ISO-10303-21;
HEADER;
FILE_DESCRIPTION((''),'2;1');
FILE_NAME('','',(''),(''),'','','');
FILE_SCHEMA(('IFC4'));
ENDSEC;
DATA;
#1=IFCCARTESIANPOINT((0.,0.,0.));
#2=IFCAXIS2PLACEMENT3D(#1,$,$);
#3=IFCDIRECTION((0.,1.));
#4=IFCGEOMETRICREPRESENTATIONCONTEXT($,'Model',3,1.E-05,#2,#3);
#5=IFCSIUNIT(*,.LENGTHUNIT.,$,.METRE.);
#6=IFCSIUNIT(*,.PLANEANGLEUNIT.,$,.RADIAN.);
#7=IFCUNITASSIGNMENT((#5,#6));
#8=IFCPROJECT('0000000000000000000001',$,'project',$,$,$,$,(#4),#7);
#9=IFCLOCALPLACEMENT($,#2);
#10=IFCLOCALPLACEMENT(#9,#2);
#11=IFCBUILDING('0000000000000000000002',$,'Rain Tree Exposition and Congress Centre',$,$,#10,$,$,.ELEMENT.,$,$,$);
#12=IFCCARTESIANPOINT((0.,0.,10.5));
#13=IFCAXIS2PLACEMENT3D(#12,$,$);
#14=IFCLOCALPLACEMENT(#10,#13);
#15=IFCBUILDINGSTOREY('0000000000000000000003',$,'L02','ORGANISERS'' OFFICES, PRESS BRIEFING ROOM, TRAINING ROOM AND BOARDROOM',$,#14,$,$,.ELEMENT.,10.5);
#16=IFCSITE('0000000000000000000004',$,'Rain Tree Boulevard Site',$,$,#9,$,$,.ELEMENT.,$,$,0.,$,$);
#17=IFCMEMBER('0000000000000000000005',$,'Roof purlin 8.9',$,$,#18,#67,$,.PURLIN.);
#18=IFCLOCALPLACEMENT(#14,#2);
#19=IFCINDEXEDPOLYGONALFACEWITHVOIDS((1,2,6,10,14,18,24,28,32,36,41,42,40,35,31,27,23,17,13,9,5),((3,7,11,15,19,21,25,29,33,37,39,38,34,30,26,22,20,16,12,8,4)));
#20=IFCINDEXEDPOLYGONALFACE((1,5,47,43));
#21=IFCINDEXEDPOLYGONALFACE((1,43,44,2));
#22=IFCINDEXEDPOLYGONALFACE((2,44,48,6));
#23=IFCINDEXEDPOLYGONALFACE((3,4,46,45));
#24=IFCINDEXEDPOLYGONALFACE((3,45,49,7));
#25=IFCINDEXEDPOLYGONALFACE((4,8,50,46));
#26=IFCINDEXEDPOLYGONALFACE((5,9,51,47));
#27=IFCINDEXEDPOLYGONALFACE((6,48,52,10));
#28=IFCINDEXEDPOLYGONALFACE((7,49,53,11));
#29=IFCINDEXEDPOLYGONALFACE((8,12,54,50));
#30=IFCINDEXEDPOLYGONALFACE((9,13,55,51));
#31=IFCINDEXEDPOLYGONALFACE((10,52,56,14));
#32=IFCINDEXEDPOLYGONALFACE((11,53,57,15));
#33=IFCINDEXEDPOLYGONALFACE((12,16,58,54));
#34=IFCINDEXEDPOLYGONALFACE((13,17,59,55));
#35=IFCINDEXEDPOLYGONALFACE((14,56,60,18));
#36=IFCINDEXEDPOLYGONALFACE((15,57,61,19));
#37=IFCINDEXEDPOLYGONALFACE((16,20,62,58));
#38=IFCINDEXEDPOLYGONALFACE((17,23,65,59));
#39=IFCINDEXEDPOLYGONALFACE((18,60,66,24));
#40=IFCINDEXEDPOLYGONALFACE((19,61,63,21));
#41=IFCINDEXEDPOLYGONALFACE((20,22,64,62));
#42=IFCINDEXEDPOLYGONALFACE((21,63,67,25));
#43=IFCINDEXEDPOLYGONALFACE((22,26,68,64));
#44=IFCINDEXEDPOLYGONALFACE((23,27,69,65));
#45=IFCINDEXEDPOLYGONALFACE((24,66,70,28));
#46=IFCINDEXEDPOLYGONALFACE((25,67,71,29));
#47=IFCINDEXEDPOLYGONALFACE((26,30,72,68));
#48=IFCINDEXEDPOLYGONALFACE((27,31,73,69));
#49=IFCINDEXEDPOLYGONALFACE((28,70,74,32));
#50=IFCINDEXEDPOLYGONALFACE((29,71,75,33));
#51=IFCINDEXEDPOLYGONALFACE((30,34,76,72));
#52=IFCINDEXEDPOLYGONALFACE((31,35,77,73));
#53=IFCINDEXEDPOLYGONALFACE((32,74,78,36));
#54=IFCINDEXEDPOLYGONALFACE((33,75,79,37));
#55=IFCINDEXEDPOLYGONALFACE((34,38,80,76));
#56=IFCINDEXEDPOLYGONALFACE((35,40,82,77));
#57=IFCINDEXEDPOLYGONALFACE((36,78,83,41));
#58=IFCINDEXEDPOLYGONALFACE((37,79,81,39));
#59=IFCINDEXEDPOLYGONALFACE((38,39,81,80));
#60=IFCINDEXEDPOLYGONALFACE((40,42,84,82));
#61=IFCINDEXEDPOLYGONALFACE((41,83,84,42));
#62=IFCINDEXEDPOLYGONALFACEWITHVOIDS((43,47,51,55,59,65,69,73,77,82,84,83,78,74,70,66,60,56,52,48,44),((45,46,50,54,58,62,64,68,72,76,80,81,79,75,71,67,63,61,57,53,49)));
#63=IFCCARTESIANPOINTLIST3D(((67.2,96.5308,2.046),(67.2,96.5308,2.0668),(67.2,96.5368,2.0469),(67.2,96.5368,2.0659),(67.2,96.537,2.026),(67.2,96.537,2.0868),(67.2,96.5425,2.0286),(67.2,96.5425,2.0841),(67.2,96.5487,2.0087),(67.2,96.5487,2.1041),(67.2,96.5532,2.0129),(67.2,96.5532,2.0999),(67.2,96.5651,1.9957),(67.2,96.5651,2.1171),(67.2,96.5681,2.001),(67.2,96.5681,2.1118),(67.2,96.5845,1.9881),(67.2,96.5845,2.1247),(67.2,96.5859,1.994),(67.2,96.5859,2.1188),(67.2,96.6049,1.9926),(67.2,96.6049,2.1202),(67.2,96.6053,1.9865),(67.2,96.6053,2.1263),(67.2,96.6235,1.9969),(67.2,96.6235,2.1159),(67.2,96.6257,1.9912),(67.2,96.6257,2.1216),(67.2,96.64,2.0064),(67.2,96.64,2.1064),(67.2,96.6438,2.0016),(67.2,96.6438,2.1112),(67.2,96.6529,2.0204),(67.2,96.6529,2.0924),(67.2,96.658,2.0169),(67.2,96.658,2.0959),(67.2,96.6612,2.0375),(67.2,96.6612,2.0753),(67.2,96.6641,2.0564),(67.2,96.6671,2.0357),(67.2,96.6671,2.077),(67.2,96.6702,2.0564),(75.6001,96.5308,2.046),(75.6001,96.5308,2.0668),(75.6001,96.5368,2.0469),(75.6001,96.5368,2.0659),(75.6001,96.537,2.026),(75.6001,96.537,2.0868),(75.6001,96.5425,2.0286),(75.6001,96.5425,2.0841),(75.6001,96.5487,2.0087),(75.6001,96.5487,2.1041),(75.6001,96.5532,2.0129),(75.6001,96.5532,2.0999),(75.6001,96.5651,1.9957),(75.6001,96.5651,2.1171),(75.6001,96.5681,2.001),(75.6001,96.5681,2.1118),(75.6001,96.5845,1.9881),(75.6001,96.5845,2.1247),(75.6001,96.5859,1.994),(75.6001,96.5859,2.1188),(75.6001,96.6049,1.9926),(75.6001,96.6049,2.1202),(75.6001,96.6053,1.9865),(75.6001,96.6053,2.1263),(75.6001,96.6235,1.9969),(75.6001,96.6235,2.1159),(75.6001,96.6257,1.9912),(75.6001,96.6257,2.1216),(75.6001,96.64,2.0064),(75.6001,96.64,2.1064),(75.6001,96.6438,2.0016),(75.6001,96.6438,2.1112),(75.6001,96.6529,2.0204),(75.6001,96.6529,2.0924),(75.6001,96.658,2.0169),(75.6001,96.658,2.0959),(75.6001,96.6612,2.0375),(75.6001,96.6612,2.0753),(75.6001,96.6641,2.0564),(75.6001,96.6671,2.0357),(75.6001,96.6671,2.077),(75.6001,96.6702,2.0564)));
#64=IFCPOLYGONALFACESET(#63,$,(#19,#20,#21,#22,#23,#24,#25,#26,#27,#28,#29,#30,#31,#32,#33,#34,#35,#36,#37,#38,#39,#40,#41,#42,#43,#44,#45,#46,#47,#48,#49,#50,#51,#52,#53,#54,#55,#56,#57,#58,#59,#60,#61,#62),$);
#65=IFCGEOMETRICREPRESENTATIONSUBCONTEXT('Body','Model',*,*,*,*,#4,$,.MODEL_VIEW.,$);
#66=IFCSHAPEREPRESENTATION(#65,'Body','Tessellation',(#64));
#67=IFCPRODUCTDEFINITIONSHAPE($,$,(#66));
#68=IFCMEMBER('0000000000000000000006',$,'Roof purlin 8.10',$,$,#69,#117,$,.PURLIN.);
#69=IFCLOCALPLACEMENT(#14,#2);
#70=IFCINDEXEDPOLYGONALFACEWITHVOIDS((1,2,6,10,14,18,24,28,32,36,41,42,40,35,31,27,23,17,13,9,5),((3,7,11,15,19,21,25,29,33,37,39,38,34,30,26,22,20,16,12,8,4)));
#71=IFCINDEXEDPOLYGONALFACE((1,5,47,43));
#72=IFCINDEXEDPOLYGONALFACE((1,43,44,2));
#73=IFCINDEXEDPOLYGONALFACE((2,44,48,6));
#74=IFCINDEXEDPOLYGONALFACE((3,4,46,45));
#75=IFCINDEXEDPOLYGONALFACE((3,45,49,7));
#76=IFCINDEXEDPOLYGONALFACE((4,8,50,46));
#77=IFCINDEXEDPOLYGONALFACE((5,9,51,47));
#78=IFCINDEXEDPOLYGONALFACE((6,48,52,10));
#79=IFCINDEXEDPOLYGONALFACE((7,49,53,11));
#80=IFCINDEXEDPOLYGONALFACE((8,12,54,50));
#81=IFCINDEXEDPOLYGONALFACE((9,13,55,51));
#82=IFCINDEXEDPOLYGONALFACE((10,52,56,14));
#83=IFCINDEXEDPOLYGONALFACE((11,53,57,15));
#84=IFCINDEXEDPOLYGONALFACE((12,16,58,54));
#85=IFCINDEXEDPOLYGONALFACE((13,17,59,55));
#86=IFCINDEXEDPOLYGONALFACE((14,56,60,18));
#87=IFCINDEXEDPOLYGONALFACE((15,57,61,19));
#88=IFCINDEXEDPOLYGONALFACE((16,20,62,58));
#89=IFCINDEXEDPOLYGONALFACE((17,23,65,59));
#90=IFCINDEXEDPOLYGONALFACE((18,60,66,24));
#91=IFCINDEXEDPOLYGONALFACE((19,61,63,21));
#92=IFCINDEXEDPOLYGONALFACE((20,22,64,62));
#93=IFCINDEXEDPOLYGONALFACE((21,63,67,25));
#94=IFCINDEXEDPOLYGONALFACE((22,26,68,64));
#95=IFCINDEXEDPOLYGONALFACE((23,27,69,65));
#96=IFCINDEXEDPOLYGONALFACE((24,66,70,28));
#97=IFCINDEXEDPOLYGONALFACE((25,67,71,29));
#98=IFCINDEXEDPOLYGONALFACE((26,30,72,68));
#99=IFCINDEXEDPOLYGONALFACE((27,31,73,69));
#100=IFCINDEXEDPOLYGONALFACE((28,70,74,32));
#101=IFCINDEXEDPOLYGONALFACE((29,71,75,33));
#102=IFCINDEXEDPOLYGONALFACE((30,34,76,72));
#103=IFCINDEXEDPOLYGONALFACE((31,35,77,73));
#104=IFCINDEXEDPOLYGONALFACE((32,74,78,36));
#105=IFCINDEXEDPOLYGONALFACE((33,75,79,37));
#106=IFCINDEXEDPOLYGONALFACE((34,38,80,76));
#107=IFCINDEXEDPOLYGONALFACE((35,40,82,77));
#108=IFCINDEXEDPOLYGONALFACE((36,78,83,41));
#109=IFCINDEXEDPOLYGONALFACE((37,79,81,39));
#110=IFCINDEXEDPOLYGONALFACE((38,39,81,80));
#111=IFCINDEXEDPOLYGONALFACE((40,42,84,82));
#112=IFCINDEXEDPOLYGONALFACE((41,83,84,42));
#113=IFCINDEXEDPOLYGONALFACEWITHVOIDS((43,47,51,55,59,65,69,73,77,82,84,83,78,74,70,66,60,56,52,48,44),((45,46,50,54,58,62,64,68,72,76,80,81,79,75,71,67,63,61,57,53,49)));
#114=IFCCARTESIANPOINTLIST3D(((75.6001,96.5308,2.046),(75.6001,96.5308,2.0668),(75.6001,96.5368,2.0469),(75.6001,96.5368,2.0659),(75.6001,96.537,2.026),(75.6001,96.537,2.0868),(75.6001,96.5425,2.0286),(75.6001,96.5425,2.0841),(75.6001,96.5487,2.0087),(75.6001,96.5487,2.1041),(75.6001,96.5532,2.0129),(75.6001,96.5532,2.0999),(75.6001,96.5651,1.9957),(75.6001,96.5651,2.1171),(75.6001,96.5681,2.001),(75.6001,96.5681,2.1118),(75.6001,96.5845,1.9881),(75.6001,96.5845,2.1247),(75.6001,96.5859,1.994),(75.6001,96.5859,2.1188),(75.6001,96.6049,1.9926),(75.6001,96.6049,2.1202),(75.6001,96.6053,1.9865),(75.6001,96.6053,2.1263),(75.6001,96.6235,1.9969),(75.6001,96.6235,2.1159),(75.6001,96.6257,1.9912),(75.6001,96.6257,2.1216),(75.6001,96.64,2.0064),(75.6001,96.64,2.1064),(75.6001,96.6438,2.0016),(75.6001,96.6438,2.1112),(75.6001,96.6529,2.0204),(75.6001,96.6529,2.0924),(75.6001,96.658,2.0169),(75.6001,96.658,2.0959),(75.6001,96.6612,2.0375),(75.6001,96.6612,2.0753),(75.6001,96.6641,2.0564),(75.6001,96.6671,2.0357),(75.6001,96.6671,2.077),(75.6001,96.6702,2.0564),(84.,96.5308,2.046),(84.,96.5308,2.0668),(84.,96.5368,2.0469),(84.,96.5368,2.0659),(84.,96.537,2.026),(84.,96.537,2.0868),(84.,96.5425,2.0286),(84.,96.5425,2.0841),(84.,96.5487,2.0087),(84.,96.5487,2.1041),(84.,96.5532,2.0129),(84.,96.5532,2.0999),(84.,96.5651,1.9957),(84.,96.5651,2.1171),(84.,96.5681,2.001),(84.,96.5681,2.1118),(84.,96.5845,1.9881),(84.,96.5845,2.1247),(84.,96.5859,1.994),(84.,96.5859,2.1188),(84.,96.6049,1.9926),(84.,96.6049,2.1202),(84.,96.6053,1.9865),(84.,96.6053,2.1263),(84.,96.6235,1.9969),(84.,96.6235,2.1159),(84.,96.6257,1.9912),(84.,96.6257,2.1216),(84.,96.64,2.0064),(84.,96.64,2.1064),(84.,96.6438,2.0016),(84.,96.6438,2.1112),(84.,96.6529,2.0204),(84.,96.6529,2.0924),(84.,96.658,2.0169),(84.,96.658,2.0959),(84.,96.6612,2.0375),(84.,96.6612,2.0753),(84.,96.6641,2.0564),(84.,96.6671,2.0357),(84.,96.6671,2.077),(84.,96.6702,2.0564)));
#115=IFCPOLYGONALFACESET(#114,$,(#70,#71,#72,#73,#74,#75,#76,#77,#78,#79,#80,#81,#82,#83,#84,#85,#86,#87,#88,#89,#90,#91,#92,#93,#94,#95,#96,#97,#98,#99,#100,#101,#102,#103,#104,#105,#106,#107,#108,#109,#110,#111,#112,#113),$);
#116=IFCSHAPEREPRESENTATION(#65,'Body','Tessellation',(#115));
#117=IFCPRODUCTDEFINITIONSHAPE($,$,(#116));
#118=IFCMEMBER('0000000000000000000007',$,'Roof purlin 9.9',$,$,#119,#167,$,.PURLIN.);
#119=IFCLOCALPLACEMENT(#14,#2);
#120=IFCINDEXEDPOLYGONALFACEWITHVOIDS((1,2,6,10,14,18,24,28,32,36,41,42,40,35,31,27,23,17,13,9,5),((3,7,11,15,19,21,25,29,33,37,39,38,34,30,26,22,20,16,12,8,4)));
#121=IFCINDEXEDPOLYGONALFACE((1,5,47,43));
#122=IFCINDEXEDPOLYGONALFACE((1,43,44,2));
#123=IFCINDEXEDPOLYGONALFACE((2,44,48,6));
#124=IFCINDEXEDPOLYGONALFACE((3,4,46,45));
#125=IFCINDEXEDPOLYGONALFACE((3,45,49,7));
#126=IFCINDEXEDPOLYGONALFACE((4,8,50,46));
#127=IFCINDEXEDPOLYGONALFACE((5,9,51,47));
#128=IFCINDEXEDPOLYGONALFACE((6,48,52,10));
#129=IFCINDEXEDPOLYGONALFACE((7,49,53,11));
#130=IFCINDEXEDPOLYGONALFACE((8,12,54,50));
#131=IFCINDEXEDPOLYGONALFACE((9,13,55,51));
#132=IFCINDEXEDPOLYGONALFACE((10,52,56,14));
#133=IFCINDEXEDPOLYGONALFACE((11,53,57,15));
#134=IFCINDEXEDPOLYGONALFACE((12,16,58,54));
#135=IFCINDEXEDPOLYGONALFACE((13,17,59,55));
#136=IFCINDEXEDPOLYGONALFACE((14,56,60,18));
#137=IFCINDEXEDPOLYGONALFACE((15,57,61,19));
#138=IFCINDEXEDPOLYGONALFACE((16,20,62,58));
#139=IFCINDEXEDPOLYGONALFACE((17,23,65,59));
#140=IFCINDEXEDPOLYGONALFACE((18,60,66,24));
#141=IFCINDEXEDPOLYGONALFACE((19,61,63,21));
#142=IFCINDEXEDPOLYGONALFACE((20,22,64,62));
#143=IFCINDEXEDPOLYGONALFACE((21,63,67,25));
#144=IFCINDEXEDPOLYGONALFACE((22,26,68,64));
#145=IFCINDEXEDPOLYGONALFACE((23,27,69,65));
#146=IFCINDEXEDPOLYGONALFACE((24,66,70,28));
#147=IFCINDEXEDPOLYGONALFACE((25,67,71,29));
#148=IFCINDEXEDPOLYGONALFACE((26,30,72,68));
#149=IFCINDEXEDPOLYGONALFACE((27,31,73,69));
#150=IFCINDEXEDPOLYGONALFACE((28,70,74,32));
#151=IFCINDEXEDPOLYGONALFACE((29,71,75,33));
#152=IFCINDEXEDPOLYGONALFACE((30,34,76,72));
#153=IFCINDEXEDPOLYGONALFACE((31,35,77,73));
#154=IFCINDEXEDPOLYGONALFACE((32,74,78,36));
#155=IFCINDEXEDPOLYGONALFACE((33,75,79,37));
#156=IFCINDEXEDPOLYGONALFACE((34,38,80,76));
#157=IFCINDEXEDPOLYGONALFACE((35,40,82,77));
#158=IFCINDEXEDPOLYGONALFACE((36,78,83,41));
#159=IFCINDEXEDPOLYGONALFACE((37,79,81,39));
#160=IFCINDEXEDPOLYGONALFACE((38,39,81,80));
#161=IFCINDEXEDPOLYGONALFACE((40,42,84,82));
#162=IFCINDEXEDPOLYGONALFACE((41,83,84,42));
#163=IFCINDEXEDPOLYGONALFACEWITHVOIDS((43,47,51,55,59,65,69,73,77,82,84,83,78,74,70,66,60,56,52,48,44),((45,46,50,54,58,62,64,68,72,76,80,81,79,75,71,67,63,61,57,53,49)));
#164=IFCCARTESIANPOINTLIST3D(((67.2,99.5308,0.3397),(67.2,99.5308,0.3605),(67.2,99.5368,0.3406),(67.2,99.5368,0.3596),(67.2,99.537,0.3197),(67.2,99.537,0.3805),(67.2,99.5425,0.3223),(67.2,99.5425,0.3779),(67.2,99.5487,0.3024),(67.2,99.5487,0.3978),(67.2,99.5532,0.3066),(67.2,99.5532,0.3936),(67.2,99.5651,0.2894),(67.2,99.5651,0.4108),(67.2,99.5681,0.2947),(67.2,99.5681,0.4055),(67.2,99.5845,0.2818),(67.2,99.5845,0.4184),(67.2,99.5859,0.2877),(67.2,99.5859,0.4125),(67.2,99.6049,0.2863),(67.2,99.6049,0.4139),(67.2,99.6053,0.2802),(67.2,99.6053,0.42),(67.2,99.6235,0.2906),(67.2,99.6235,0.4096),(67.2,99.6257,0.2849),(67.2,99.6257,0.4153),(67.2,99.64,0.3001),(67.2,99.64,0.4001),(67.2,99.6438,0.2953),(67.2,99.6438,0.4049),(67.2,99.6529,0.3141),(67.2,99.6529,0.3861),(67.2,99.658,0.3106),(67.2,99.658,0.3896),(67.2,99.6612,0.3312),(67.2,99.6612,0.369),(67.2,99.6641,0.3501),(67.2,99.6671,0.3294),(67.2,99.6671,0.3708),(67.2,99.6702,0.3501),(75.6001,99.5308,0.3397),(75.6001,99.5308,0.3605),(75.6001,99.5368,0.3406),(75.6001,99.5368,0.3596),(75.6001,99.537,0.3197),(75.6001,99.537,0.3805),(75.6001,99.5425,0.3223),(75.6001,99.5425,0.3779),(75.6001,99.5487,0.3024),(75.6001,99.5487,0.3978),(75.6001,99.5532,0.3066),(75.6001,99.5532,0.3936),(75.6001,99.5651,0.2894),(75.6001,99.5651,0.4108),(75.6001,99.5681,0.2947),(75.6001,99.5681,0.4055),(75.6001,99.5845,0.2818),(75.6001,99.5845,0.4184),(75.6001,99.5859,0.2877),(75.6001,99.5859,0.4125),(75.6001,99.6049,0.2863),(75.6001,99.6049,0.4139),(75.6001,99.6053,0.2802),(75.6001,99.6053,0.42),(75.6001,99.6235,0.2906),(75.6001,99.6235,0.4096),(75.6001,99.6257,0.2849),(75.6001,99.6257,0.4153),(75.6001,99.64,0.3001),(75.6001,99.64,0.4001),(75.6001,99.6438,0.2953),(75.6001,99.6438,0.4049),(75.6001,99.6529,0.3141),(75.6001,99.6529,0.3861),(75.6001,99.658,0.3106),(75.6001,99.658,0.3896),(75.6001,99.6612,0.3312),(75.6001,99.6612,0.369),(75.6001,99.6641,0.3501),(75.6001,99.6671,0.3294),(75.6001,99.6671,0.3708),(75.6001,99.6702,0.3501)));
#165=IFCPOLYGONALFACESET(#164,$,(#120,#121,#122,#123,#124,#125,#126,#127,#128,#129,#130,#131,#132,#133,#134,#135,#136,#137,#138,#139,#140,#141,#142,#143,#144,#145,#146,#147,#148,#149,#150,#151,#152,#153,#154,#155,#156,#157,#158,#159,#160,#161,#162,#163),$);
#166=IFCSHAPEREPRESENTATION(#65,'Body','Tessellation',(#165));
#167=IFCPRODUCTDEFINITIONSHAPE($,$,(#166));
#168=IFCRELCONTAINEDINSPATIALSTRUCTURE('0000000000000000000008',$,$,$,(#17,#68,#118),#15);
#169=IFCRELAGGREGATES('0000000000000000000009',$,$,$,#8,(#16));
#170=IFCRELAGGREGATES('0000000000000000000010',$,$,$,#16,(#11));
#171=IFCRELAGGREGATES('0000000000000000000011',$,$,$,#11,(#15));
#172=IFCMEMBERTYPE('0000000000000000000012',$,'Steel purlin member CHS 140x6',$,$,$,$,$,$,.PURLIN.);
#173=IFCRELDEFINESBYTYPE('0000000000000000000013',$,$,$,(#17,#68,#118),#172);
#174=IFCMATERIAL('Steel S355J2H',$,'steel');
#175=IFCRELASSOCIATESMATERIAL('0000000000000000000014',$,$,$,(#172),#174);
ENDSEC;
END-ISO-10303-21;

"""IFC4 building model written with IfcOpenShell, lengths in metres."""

from ifc_helpers import new_model, si_unit, direction, frame, origin, origin_2d, place, context, subcontext, project, spatial, hollow_circle, extrude, material, material_profile, profile_set, type_object, element, save


model = new_model("IFC4")

# Units and contexts
model_context = context("Model", 3, precision=1e-05, world=origin(), true_north=direction((0.0, 1.0)))
body_context = subcontext(model_context, "Body", "Model", "MODEL_VIEW")
ifc_project = project(units=[si_unit("LENGTHUNIT", "METRE"), si_unit("PLANEANGLEUNIT", "RADIAN")], contexts=[model_context])

# Site, building, storey
site_placement = place(None, origin())
site = spatial("IfcSite", under=ifc_project, at=site_placement, Name="Rain Tree Boulevard Site", CompositionType="ELEMENT", RefElevation=0.0)
building_placement = place(site_placement, origin())
building = spatial("IfcBuilding", under=site, at=building_placement, Name="Rain Tree Exposition and Congress Centre", CompositionType="ELEMENT")
storey_placement = place(building_placement, frame((0.0, 0.0, 10.5)))
storey = spatial("IfcBuildingStorey", under=building, at=storey_placement, Name="L02", Description="ORGANISERS' OFFICES, PRESS BRIEFING ROOM, TRAINING ROOM AND BOARDROOM", CompositionType="ELEMENT", Elevation=10.5)

# Members
ifc_material_1 = material(Name="Steel S355J2H", Category="steel")
ifc_material_profile_1 = material_profile(ifc_material_1, hollow_circle(Radius=0.0701, WallThickness=0.0061, at=origin_2d()), Name="CHS 140x6")
ifc_profile_set_1 = profile_set([ifc_material_profile_1], Name="Steel S355J2H")
member_type_1 = type_object("IfcMemberType", Name="Steel purlin member CHS 140x6", PredefinedType="PURLIN", material=ifc_profile_set_1)
member_1_placement = place(storey_placement, frame((67.2, 96.6001, 2.0564), z_axis=(1.0, 0.0, 0.0), x_axis=(0.0, 1.0, 0.0)))
element("IfcMember", 1, at=member_1_placement, inside=storey, type_object=member_type_1, Name="Roof purlin 8.9", PredefinedType="PURLIN", context=body_context, shape_type="SweptSolid", body=[
    extrude(hollow_circle(Radius=0.0701, WallThickness=0.0061, at=origin_2d()), origin(), (0.0, 0.0, 1.0), 8.4001),
])
member_2_placement = place(storey_placement, frame((75.6001, 96.6001, 2.0564), z_axis=(1.0, 0.0, 0.0), x_axis=(0.0, 1.0, 0.0)))
element("IfcMember", 2, at=member_2_placement, inside=storey, type_object=member_type_1, Name="Roof purlin 8.10", PredefinedType="PURLIN", context=body_context, shape_type="SweptSolid", body=[
    extrude(hollow_circle(Radius=0.0701, WallThickness=0.0061, at=origin_2d()), origin(), (0.0, 0.0, 1.0), 8.3999),
])
member_3_placement = place(storey_placement, frame((67.2, 99.6001, 0.3501), z_axis=(1.0, 0.0, 0.0), x_axis=(0.0, 1.0, 0.0)))
element("IfcMember", 3, at=member_3_placement, inside=storey, type_object=member_type_1, Name="Roof purlin 9.9", PredefinedType="PURLIN", context=body_context, shape_type="SweptSolid", body=[
    extrude(hollow_circle(Radius=0.0701, WallThickness=0.0061, at=origin_2d()), origin(), (0.0, 0.0, 1.0), 8.4001),
])

save(model, "model.ifc")
